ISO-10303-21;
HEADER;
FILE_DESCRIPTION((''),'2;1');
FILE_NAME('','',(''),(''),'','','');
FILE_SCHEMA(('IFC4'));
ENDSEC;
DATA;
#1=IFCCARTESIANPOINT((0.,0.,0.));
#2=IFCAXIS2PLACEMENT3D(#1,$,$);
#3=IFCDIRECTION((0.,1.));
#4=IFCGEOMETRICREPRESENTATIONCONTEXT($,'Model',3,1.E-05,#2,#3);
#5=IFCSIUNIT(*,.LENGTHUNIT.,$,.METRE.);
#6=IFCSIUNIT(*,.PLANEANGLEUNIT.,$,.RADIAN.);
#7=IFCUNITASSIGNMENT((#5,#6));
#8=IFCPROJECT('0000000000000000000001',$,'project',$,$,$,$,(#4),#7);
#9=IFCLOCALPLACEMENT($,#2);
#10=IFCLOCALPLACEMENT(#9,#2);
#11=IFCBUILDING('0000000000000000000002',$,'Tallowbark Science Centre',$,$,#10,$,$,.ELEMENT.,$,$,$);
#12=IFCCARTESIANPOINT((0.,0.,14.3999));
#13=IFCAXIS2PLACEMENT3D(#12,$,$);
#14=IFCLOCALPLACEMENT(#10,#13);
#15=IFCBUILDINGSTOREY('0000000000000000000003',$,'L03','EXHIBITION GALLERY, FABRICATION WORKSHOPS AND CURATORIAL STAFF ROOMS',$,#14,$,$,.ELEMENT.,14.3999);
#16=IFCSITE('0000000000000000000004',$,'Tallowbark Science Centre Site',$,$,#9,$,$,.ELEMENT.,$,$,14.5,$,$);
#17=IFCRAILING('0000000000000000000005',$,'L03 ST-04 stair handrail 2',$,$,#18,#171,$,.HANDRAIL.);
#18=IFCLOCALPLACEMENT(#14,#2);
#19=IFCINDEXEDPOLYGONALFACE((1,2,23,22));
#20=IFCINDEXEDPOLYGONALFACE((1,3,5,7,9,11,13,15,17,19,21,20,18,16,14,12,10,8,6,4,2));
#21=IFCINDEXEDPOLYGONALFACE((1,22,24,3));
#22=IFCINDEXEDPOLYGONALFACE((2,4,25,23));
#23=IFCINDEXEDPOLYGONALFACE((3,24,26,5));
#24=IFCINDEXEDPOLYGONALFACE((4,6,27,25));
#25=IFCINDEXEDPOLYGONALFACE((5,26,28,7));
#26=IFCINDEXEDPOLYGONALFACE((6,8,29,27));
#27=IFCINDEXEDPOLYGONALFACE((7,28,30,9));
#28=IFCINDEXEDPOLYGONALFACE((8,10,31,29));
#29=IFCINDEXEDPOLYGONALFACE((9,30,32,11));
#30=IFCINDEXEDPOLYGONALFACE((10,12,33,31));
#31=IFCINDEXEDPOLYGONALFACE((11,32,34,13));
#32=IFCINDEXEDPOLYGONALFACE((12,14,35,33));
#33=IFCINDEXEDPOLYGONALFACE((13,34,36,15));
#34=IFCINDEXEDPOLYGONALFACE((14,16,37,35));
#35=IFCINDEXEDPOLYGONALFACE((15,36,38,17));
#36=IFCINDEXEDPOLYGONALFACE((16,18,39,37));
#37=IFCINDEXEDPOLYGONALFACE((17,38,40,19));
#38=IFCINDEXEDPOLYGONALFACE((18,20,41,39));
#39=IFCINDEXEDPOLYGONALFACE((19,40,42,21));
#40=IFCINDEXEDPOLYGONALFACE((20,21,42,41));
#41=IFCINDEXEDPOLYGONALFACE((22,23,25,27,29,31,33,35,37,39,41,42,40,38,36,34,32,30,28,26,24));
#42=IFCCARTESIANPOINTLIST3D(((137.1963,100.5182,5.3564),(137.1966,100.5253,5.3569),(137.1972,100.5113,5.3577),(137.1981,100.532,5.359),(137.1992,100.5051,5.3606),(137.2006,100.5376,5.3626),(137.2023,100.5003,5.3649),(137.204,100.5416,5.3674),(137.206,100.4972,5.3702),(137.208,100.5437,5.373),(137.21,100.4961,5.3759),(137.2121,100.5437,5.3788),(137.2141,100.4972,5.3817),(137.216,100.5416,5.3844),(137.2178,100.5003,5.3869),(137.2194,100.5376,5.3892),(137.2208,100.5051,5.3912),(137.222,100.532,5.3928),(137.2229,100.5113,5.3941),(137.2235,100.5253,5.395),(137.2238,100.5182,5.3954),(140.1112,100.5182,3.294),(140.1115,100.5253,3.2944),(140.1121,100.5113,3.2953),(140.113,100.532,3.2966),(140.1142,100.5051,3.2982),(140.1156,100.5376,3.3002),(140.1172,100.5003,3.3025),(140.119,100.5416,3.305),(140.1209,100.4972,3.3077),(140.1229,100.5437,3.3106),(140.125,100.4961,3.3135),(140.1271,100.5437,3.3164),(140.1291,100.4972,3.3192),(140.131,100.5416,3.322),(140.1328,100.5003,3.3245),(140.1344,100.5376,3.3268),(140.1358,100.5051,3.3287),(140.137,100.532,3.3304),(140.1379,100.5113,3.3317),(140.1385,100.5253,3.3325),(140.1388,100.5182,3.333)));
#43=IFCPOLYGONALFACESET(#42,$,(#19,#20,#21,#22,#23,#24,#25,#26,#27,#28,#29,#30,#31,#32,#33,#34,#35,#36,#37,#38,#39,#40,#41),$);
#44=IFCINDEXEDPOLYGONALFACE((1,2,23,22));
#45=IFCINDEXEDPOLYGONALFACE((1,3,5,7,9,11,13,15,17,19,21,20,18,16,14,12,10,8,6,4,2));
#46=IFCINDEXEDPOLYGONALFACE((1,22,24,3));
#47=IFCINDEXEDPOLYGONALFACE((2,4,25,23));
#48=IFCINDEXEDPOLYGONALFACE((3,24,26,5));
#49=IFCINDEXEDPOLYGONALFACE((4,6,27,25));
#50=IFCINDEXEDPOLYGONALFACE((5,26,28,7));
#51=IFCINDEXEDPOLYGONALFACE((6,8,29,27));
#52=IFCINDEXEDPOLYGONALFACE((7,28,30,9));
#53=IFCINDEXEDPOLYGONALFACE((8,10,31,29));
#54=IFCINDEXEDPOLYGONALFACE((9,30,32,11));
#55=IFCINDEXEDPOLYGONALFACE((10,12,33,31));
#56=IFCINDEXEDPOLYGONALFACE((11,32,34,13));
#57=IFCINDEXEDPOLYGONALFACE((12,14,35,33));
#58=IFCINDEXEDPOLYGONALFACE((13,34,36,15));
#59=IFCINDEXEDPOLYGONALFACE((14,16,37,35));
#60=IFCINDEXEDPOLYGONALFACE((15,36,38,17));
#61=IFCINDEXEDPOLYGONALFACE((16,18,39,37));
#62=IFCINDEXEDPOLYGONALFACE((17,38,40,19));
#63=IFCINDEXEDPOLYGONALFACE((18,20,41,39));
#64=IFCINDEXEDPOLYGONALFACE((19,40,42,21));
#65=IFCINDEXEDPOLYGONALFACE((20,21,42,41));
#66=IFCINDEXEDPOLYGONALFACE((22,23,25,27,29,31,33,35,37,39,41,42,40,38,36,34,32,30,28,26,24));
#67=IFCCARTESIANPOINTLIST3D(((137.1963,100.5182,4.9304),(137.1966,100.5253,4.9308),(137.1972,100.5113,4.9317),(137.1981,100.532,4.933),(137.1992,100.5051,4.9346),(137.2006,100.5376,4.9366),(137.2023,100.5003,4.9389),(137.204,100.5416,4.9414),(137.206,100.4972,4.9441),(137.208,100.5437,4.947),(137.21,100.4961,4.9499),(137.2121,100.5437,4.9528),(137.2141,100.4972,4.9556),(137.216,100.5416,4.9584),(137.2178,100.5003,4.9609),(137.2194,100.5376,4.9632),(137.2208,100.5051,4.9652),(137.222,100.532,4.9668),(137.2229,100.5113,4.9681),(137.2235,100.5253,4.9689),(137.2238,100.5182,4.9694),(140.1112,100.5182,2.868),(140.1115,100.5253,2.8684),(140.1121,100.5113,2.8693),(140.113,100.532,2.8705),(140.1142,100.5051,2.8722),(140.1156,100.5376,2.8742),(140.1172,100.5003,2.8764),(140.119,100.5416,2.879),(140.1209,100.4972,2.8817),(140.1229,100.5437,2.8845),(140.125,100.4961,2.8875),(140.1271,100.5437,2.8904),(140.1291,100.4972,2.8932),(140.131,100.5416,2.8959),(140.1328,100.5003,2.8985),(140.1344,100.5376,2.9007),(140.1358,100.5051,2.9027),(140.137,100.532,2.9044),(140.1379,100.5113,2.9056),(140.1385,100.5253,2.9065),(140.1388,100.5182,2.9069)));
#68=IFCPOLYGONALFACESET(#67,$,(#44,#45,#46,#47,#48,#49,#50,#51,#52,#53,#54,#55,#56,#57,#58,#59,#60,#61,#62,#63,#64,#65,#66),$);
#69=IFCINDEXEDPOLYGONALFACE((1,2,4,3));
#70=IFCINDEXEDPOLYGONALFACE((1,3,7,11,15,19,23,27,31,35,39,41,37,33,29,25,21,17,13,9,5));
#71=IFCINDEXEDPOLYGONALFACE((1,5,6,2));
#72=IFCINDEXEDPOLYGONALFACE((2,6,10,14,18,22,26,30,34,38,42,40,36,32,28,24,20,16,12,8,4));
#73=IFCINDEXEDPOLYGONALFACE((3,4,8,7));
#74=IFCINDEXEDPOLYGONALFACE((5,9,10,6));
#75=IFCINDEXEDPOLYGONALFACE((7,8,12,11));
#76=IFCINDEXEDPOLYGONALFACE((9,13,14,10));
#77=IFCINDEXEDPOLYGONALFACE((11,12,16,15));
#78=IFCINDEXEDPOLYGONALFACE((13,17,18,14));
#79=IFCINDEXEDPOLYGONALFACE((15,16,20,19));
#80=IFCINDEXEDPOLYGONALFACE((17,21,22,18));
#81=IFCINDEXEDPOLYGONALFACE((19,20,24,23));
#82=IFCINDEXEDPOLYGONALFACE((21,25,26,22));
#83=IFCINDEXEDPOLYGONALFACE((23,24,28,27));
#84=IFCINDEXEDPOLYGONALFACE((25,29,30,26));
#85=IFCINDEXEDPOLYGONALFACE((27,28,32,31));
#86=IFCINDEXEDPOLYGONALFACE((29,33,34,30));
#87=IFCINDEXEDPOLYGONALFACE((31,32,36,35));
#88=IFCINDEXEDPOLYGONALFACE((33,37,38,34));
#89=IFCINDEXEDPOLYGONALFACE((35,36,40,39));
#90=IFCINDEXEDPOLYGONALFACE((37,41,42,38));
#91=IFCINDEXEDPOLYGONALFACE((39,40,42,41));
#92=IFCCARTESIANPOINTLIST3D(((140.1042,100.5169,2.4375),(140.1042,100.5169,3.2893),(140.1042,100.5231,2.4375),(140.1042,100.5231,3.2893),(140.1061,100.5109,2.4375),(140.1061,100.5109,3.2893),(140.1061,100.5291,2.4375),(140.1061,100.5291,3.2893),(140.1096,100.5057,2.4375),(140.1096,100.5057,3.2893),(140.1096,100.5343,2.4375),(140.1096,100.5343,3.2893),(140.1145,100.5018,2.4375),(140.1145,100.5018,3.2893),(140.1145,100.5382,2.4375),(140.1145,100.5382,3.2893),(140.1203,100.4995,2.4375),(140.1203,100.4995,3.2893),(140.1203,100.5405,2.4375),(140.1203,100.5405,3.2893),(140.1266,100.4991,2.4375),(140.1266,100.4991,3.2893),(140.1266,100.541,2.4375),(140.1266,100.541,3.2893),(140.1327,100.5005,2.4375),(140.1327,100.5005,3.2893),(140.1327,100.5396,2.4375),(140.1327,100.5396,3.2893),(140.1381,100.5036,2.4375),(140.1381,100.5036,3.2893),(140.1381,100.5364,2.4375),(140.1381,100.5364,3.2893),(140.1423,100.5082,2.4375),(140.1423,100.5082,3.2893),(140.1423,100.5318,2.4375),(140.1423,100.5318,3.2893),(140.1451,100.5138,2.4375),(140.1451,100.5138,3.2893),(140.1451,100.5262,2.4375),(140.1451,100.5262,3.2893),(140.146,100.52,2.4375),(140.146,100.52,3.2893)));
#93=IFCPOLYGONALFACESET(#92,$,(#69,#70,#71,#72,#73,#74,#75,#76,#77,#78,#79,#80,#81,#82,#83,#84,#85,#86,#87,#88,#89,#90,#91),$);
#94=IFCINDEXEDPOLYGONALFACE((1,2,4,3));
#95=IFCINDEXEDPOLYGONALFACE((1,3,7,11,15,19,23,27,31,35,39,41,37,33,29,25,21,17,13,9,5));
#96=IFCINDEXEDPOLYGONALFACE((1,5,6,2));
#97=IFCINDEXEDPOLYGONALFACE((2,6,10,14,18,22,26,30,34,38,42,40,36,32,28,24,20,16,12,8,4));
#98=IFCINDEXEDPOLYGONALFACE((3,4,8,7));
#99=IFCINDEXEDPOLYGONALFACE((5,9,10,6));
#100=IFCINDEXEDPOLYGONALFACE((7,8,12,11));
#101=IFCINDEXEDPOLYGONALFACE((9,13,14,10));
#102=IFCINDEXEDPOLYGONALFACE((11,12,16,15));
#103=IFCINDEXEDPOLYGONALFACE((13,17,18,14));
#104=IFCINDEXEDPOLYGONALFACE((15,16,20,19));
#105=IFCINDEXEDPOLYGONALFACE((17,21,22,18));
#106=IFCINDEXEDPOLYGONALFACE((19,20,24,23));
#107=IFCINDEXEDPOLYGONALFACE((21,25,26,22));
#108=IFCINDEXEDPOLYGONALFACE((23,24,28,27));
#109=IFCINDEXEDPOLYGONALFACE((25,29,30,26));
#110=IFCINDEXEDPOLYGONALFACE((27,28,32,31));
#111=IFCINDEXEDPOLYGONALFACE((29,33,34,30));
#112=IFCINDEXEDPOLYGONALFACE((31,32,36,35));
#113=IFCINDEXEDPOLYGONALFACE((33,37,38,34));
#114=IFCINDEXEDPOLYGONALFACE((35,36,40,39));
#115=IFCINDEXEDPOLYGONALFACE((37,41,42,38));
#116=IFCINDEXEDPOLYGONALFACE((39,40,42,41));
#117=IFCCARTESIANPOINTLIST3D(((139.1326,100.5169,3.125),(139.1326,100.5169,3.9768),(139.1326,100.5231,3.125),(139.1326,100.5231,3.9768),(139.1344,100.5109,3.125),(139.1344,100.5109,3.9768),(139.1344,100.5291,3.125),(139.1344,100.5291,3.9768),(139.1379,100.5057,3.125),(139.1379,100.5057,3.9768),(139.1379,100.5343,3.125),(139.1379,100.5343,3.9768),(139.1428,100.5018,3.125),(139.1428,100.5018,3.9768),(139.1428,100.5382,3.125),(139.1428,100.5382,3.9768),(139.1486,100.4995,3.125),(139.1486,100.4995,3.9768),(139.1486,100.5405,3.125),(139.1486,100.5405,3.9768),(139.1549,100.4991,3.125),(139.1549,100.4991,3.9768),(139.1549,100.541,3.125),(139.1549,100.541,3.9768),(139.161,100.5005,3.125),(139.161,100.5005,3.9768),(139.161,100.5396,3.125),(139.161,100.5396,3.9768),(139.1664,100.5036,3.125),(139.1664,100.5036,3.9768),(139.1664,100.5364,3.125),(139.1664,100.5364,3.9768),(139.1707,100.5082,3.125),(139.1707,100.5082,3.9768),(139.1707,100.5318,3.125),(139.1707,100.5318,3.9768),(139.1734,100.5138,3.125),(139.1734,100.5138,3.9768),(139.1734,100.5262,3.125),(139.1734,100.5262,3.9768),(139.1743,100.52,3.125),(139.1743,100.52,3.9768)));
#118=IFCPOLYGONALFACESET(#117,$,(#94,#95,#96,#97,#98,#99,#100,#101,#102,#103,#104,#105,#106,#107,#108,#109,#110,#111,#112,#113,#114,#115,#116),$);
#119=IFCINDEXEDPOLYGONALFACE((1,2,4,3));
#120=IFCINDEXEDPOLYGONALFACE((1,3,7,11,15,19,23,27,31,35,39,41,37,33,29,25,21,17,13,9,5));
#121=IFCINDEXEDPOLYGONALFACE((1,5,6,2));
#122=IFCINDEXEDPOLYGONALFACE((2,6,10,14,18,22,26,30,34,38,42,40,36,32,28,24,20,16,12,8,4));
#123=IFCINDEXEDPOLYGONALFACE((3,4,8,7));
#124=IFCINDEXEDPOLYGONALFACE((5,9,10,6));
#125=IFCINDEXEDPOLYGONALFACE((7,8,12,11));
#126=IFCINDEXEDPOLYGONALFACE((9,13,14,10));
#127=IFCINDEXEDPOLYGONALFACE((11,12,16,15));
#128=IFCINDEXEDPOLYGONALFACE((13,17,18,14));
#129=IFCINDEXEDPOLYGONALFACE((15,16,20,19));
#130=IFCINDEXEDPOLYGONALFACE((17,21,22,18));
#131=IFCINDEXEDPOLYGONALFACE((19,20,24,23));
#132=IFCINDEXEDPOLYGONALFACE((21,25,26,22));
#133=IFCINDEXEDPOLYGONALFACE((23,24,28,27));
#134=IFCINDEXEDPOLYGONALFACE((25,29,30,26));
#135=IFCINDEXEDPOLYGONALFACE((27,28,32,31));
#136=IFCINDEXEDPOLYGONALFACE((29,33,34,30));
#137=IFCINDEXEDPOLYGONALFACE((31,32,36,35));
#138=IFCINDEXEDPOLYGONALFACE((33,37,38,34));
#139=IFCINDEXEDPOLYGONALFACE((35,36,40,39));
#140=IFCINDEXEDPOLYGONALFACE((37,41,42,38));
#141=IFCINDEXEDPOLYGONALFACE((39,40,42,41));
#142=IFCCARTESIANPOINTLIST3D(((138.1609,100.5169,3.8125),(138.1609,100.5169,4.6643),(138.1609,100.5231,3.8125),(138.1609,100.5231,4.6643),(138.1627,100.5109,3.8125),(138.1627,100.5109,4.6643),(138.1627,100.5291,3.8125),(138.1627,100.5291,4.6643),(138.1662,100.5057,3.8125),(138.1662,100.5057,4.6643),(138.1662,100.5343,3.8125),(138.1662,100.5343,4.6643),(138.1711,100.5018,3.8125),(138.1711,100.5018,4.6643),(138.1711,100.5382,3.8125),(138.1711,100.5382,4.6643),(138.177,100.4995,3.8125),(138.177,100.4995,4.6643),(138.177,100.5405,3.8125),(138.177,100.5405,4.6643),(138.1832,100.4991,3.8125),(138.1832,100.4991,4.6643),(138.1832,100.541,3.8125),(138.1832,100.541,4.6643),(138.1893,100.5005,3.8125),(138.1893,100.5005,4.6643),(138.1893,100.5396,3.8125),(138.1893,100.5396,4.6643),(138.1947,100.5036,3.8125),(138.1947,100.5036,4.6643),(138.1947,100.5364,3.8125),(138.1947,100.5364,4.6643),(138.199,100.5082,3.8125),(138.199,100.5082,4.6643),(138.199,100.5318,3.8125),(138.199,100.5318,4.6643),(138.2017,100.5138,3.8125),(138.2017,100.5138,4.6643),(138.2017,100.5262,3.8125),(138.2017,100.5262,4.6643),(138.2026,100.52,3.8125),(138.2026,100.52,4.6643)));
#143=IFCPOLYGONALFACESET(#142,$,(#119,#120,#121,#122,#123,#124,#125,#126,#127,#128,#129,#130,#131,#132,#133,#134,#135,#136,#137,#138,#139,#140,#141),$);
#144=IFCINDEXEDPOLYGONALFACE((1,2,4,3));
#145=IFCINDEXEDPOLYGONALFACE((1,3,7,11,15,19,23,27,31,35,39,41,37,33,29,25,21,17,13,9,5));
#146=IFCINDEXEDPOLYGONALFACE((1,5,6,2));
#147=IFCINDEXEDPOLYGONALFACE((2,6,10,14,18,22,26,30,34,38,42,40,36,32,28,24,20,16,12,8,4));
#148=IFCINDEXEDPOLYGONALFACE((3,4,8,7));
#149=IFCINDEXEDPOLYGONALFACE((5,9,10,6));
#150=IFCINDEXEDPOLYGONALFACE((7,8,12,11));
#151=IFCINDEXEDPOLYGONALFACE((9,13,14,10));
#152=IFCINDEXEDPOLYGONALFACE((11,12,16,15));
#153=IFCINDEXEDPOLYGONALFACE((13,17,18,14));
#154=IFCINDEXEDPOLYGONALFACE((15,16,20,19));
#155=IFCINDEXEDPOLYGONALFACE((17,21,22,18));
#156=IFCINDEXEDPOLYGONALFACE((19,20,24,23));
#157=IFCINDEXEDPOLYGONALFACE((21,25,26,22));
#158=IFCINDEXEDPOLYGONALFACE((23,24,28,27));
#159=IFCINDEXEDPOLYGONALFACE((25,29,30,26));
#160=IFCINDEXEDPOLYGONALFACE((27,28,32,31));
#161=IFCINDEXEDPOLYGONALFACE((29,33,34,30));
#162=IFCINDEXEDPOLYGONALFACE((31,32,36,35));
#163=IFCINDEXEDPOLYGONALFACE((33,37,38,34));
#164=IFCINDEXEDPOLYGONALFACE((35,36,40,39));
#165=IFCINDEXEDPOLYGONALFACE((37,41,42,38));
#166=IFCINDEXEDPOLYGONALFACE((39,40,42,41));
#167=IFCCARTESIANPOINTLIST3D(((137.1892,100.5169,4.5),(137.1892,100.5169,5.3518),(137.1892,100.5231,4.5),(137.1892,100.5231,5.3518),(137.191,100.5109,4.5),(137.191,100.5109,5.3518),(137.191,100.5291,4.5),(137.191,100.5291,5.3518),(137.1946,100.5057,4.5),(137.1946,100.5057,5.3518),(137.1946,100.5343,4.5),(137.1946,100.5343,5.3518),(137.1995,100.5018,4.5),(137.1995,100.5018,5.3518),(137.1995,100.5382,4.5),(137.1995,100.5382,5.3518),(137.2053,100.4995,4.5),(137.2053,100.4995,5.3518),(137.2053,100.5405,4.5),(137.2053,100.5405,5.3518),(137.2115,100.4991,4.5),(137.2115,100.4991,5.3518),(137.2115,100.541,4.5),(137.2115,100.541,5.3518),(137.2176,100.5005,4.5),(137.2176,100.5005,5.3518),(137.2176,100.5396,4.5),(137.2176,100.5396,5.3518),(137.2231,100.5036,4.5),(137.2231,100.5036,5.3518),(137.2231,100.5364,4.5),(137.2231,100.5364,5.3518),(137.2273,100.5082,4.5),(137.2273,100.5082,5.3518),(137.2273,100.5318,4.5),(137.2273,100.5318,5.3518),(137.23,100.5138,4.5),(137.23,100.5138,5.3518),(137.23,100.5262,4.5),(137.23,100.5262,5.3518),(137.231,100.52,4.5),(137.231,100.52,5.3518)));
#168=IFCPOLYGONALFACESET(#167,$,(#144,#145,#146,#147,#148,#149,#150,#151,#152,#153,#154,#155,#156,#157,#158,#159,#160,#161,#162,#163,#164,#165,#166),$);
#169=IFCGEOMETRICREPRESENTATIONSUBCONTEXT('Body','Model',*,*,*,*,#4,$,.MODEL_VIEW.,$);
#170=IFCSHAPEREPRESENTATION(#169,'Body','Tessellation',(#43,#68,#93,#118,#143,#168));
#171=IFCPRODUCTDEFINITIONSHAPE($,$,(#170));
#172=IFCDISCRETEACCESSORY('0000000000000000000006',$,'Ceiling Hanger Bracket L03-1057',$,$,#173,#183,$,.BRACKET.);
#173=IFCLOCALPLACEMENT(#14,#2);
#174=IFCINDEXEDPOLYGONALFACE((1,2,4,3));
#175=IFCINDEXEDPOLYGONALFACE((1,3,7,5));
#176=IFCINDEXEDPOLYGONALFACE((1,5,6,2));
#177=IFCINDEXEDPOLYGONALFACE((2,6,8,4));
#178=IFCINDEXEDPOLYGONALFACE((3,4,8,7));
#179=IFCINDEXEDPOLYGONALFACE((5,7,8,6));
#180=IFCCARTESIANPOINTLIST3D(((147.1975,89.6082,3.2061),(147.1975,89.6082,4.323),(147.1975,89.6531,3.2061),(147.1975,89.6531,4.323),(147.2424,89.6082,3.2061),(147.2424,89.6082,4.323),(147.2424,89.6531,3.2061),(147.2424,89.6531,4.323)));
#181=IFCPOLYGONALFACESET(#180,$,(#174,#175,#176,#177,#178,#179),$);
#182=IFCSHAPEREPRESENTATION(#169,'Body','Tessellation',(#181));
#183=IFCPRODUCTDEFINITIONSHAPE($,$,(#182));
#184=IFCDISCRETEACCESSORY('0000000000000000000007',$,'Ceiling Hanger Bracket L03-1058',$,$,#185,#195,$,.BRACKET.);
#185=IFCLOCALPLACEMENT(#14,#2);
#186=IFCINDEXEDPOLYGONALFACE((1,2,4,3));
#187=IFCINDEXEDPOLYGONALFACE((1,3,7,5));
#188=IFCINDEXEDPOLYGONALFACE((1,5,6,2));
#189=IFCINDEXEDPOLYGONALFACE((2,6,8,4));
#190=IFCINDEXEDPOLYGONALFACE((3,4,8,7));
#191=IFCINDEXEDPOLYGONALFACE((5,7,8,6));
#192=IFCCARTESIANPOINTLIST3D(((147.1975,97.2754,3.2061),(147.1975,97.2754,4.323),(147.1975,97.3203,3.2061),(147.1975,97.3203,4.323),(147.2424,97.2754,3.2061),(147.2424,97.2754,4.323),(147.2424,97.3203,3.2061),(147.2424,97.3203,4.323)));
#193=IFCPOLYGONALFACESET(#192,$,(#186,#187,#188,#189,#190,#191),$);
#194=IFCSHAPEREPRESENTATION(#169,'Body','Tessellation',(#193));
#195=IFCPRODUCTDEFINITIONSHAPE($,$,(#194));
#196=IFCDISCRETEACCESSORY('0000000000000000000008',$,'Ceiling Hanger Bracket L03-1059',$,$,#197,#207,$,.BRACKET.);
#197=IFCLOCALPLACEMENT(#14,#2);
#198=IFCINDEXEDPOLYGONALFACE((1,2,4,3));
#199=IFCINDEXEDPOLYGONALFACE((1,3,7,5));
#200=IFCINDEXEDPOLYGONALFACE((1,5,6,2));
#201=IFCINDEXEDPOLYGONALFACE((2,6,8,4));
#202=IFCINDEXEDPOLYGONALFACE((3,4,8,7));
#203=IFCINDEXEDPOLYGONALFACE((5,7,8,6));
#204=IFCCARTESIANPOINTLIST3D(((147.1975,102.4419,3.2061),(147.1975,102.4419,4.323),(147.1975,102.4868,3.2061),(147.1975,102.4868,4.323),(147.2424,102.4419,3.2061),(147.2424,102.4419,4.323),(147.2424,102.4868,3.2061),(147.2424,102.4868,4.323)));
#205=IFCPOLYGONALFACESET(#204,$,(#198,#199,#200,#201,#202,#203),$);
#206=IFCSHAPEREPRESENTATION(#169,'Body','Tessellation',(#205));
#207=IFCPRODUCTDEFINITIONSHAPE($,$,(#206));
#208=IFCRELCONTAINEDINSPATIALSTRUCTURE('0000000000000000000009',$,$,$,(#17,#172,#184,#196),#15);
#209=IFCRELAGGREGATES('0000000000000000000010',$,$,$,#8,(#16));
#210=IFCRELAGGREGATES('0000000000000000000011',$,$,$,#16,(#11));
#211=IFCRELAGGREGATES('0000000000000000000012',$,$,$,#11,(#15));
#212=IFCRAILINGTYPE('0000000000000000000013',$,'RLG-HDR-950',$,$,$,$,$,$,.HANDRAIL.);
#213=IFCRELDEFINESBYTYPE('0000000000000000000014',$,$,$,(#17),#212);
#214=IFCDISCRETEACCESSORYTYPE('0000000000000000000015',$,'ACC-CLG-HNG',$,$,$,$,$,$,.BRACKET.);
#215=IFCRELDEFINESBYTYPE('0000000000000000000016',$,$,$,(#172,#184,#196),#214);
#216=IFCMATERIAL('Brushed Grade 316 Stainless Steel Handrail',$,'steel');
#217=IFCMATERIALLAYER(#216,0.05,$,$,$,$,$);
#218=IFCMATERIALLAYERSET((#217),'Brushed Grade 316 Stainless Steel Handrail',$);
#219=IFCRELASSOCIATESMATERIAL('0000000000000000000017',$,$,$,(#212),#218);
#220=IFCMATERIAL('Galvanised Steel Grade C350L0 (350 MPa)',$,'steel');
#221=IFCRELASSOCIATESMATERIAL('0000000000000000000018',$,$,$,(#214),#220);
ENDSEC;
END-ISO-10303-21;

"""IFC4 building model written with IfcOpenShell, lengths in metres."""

from ifc_helpers import new_model, si_unit, direction, frame, origin, origin_2d, place, context, subcontext, project, spatial, rectangle, circle, extrude, material, layer, layer_set, type_object, element, save


model = new_model("IFC4")

# Units and contexts
model_context = context("Model", 3, precision=1e-05, world=origin(), true_north=direction((0.0, 1.0)))
body_context = subcontext(model_context, "Body", "Model", "MODEL_VIEW")
ifc_project = project(units=[si_unit("LENGTHUNIT", "METRE"), si_unit("PLANEANGLEUNIT", "RADIAN")], contexts=[model_context])

# Site, building, storey
site_placement = place(None, origin())
site = spatial("IfcSite", under=ifc_project, at=site_placement, Name="Tallowbark Science Centre Site", CompositionType="ELEMENT", RefElevation=14.5)
building_placement = place(site_placement, origin())
building = spatial("IfcBuilding", under=site, at=building_placement, Name="Tallowbark Science Centre", CompositionType="ELEMENT")
storey_placement = place(building_placement, frame((0.0, 0.0, 14.3999)))
storey = spatial("IfcBuildingStorey", under=building, at=storey_placement, Name="L03", Description="EXHIBITION GALLERY, FABRICATION WORKSHOPS AND CURATORIAL STAFF ROOMS", CompositionType="ELEMENT", Elevation=14.3999)

# Railing
ifc_material_1 = material(Name="Brushed Grade 316 Stainless Steel Handrail", Category="steel")
ifc_layer_1 = layer(ifc_material_1, 0.05)
ifc_layer_set_1 = layer_set([ifc_layer_1], Name="Brushed Grade 316 Stainless Steel Handrail")
railing_type_1 = type_object("IfcRailingType", Name="RLG-HDR-950", PredefinedType="HANDRAIL", material=ifc_layer_set_1)
railing_1_placement = place(storey_placement, frame((140.125, 100.52, 2.4375)))
element("IfcRailing", 1, at=railing_1_placement, inside=storey, type_object=railing_type_1, Name="L03 ST-04 stair handrail 2", PredefinedType="HANDRAIL", context=body_context, shape_type="SweptSolid", body=[
    extrude(circle(Radius=0.0239, at=origin_2d()), frame((0.0, 0.0, 0.876), z_axis=(-0.816331, 0.0, 0.577585), x_axis=(0.0, -1.0, 0.0)), (0.0, 0.0, 1.0), 3.5708),
    extrude(circle(Radius=0.0239, at=origin_2d()), frame((0.0, 0.0, 0.45), z_axis=(-0.816331, 0.0, 0.577585), x_axis=(0.0, -1.0, 0.0)), (0.0, 0.0, 1.0), 3.5708),
    extrude(circle(Radius=0.021, at=origin_2d()), origin(), (0.0, 0.0, 1.0), 0.8518),
    extrude(circle(Radius=0.021, at=origin_2d()), frame((-0.9717, 0.0, 0.6875)), (0.0, 0.0, 1.0), 0.8518),
    extrude(circle(Radius=0.021, at=origin_2d()), frame((-1.9434, 0.0, 1.375)), (0.0, 0.0, 1.0), 0.8518),
    extrude(circle(Radius=0.021, at=origin_2d()), frame((-2.915, 0.0, 2.0625)), (0.0, 0.0, 1.0), 0.8518),
])

# Discrete accessories
ifc_material_2 = material(Name="Galvanised Steel Grade C350L0 (350 MPa)", Category="steel")
discrete_accessory_type = type_object("IfcDiscreteAccessoryType", Name="ACC-CLG-HNG", PredefinedType="BRACKET", material=ifc_material_2)
for number, where, z_axis, x_axis, name in (
    (2, (147.22, 89.6306, 3.2061), (0.0, 0.0, 1.0), (1.0, 0.0, 0.0), "Ceiling Hanger Bracket L03-1057"),
    (3, (147.22, 97.2979, 3.2061), (0.0, 0.0, 1.0), (1.0, 0.0, 0.0), "Ceiling Hanger Bracket L03-1058"),
    (4, (147.22, 102.4644, 3.2061), (0.0, 0.0, 1.0), (1.0, 0.0, 0.0), "Ceiling Hanger Bracket L03-1059"),
):
    element("IfcDiscreteAccessory", number, at=place(storey_placement, frame(where, z_axis=z_axis, x_axis=x_axis)), inside=storey, type_object=discrete_accessory_type, Name=name, PredefinedType="BRACKET", context=body_context, shape_type="SweptSolid", body=[
        extrude(rectangle(XDim=0.0449, YDim=0.0449, at=origin_2d()), origin(), (0.0, 0.0, 1.0), 1.1169),
    ])

save(model, "model.ifc")
